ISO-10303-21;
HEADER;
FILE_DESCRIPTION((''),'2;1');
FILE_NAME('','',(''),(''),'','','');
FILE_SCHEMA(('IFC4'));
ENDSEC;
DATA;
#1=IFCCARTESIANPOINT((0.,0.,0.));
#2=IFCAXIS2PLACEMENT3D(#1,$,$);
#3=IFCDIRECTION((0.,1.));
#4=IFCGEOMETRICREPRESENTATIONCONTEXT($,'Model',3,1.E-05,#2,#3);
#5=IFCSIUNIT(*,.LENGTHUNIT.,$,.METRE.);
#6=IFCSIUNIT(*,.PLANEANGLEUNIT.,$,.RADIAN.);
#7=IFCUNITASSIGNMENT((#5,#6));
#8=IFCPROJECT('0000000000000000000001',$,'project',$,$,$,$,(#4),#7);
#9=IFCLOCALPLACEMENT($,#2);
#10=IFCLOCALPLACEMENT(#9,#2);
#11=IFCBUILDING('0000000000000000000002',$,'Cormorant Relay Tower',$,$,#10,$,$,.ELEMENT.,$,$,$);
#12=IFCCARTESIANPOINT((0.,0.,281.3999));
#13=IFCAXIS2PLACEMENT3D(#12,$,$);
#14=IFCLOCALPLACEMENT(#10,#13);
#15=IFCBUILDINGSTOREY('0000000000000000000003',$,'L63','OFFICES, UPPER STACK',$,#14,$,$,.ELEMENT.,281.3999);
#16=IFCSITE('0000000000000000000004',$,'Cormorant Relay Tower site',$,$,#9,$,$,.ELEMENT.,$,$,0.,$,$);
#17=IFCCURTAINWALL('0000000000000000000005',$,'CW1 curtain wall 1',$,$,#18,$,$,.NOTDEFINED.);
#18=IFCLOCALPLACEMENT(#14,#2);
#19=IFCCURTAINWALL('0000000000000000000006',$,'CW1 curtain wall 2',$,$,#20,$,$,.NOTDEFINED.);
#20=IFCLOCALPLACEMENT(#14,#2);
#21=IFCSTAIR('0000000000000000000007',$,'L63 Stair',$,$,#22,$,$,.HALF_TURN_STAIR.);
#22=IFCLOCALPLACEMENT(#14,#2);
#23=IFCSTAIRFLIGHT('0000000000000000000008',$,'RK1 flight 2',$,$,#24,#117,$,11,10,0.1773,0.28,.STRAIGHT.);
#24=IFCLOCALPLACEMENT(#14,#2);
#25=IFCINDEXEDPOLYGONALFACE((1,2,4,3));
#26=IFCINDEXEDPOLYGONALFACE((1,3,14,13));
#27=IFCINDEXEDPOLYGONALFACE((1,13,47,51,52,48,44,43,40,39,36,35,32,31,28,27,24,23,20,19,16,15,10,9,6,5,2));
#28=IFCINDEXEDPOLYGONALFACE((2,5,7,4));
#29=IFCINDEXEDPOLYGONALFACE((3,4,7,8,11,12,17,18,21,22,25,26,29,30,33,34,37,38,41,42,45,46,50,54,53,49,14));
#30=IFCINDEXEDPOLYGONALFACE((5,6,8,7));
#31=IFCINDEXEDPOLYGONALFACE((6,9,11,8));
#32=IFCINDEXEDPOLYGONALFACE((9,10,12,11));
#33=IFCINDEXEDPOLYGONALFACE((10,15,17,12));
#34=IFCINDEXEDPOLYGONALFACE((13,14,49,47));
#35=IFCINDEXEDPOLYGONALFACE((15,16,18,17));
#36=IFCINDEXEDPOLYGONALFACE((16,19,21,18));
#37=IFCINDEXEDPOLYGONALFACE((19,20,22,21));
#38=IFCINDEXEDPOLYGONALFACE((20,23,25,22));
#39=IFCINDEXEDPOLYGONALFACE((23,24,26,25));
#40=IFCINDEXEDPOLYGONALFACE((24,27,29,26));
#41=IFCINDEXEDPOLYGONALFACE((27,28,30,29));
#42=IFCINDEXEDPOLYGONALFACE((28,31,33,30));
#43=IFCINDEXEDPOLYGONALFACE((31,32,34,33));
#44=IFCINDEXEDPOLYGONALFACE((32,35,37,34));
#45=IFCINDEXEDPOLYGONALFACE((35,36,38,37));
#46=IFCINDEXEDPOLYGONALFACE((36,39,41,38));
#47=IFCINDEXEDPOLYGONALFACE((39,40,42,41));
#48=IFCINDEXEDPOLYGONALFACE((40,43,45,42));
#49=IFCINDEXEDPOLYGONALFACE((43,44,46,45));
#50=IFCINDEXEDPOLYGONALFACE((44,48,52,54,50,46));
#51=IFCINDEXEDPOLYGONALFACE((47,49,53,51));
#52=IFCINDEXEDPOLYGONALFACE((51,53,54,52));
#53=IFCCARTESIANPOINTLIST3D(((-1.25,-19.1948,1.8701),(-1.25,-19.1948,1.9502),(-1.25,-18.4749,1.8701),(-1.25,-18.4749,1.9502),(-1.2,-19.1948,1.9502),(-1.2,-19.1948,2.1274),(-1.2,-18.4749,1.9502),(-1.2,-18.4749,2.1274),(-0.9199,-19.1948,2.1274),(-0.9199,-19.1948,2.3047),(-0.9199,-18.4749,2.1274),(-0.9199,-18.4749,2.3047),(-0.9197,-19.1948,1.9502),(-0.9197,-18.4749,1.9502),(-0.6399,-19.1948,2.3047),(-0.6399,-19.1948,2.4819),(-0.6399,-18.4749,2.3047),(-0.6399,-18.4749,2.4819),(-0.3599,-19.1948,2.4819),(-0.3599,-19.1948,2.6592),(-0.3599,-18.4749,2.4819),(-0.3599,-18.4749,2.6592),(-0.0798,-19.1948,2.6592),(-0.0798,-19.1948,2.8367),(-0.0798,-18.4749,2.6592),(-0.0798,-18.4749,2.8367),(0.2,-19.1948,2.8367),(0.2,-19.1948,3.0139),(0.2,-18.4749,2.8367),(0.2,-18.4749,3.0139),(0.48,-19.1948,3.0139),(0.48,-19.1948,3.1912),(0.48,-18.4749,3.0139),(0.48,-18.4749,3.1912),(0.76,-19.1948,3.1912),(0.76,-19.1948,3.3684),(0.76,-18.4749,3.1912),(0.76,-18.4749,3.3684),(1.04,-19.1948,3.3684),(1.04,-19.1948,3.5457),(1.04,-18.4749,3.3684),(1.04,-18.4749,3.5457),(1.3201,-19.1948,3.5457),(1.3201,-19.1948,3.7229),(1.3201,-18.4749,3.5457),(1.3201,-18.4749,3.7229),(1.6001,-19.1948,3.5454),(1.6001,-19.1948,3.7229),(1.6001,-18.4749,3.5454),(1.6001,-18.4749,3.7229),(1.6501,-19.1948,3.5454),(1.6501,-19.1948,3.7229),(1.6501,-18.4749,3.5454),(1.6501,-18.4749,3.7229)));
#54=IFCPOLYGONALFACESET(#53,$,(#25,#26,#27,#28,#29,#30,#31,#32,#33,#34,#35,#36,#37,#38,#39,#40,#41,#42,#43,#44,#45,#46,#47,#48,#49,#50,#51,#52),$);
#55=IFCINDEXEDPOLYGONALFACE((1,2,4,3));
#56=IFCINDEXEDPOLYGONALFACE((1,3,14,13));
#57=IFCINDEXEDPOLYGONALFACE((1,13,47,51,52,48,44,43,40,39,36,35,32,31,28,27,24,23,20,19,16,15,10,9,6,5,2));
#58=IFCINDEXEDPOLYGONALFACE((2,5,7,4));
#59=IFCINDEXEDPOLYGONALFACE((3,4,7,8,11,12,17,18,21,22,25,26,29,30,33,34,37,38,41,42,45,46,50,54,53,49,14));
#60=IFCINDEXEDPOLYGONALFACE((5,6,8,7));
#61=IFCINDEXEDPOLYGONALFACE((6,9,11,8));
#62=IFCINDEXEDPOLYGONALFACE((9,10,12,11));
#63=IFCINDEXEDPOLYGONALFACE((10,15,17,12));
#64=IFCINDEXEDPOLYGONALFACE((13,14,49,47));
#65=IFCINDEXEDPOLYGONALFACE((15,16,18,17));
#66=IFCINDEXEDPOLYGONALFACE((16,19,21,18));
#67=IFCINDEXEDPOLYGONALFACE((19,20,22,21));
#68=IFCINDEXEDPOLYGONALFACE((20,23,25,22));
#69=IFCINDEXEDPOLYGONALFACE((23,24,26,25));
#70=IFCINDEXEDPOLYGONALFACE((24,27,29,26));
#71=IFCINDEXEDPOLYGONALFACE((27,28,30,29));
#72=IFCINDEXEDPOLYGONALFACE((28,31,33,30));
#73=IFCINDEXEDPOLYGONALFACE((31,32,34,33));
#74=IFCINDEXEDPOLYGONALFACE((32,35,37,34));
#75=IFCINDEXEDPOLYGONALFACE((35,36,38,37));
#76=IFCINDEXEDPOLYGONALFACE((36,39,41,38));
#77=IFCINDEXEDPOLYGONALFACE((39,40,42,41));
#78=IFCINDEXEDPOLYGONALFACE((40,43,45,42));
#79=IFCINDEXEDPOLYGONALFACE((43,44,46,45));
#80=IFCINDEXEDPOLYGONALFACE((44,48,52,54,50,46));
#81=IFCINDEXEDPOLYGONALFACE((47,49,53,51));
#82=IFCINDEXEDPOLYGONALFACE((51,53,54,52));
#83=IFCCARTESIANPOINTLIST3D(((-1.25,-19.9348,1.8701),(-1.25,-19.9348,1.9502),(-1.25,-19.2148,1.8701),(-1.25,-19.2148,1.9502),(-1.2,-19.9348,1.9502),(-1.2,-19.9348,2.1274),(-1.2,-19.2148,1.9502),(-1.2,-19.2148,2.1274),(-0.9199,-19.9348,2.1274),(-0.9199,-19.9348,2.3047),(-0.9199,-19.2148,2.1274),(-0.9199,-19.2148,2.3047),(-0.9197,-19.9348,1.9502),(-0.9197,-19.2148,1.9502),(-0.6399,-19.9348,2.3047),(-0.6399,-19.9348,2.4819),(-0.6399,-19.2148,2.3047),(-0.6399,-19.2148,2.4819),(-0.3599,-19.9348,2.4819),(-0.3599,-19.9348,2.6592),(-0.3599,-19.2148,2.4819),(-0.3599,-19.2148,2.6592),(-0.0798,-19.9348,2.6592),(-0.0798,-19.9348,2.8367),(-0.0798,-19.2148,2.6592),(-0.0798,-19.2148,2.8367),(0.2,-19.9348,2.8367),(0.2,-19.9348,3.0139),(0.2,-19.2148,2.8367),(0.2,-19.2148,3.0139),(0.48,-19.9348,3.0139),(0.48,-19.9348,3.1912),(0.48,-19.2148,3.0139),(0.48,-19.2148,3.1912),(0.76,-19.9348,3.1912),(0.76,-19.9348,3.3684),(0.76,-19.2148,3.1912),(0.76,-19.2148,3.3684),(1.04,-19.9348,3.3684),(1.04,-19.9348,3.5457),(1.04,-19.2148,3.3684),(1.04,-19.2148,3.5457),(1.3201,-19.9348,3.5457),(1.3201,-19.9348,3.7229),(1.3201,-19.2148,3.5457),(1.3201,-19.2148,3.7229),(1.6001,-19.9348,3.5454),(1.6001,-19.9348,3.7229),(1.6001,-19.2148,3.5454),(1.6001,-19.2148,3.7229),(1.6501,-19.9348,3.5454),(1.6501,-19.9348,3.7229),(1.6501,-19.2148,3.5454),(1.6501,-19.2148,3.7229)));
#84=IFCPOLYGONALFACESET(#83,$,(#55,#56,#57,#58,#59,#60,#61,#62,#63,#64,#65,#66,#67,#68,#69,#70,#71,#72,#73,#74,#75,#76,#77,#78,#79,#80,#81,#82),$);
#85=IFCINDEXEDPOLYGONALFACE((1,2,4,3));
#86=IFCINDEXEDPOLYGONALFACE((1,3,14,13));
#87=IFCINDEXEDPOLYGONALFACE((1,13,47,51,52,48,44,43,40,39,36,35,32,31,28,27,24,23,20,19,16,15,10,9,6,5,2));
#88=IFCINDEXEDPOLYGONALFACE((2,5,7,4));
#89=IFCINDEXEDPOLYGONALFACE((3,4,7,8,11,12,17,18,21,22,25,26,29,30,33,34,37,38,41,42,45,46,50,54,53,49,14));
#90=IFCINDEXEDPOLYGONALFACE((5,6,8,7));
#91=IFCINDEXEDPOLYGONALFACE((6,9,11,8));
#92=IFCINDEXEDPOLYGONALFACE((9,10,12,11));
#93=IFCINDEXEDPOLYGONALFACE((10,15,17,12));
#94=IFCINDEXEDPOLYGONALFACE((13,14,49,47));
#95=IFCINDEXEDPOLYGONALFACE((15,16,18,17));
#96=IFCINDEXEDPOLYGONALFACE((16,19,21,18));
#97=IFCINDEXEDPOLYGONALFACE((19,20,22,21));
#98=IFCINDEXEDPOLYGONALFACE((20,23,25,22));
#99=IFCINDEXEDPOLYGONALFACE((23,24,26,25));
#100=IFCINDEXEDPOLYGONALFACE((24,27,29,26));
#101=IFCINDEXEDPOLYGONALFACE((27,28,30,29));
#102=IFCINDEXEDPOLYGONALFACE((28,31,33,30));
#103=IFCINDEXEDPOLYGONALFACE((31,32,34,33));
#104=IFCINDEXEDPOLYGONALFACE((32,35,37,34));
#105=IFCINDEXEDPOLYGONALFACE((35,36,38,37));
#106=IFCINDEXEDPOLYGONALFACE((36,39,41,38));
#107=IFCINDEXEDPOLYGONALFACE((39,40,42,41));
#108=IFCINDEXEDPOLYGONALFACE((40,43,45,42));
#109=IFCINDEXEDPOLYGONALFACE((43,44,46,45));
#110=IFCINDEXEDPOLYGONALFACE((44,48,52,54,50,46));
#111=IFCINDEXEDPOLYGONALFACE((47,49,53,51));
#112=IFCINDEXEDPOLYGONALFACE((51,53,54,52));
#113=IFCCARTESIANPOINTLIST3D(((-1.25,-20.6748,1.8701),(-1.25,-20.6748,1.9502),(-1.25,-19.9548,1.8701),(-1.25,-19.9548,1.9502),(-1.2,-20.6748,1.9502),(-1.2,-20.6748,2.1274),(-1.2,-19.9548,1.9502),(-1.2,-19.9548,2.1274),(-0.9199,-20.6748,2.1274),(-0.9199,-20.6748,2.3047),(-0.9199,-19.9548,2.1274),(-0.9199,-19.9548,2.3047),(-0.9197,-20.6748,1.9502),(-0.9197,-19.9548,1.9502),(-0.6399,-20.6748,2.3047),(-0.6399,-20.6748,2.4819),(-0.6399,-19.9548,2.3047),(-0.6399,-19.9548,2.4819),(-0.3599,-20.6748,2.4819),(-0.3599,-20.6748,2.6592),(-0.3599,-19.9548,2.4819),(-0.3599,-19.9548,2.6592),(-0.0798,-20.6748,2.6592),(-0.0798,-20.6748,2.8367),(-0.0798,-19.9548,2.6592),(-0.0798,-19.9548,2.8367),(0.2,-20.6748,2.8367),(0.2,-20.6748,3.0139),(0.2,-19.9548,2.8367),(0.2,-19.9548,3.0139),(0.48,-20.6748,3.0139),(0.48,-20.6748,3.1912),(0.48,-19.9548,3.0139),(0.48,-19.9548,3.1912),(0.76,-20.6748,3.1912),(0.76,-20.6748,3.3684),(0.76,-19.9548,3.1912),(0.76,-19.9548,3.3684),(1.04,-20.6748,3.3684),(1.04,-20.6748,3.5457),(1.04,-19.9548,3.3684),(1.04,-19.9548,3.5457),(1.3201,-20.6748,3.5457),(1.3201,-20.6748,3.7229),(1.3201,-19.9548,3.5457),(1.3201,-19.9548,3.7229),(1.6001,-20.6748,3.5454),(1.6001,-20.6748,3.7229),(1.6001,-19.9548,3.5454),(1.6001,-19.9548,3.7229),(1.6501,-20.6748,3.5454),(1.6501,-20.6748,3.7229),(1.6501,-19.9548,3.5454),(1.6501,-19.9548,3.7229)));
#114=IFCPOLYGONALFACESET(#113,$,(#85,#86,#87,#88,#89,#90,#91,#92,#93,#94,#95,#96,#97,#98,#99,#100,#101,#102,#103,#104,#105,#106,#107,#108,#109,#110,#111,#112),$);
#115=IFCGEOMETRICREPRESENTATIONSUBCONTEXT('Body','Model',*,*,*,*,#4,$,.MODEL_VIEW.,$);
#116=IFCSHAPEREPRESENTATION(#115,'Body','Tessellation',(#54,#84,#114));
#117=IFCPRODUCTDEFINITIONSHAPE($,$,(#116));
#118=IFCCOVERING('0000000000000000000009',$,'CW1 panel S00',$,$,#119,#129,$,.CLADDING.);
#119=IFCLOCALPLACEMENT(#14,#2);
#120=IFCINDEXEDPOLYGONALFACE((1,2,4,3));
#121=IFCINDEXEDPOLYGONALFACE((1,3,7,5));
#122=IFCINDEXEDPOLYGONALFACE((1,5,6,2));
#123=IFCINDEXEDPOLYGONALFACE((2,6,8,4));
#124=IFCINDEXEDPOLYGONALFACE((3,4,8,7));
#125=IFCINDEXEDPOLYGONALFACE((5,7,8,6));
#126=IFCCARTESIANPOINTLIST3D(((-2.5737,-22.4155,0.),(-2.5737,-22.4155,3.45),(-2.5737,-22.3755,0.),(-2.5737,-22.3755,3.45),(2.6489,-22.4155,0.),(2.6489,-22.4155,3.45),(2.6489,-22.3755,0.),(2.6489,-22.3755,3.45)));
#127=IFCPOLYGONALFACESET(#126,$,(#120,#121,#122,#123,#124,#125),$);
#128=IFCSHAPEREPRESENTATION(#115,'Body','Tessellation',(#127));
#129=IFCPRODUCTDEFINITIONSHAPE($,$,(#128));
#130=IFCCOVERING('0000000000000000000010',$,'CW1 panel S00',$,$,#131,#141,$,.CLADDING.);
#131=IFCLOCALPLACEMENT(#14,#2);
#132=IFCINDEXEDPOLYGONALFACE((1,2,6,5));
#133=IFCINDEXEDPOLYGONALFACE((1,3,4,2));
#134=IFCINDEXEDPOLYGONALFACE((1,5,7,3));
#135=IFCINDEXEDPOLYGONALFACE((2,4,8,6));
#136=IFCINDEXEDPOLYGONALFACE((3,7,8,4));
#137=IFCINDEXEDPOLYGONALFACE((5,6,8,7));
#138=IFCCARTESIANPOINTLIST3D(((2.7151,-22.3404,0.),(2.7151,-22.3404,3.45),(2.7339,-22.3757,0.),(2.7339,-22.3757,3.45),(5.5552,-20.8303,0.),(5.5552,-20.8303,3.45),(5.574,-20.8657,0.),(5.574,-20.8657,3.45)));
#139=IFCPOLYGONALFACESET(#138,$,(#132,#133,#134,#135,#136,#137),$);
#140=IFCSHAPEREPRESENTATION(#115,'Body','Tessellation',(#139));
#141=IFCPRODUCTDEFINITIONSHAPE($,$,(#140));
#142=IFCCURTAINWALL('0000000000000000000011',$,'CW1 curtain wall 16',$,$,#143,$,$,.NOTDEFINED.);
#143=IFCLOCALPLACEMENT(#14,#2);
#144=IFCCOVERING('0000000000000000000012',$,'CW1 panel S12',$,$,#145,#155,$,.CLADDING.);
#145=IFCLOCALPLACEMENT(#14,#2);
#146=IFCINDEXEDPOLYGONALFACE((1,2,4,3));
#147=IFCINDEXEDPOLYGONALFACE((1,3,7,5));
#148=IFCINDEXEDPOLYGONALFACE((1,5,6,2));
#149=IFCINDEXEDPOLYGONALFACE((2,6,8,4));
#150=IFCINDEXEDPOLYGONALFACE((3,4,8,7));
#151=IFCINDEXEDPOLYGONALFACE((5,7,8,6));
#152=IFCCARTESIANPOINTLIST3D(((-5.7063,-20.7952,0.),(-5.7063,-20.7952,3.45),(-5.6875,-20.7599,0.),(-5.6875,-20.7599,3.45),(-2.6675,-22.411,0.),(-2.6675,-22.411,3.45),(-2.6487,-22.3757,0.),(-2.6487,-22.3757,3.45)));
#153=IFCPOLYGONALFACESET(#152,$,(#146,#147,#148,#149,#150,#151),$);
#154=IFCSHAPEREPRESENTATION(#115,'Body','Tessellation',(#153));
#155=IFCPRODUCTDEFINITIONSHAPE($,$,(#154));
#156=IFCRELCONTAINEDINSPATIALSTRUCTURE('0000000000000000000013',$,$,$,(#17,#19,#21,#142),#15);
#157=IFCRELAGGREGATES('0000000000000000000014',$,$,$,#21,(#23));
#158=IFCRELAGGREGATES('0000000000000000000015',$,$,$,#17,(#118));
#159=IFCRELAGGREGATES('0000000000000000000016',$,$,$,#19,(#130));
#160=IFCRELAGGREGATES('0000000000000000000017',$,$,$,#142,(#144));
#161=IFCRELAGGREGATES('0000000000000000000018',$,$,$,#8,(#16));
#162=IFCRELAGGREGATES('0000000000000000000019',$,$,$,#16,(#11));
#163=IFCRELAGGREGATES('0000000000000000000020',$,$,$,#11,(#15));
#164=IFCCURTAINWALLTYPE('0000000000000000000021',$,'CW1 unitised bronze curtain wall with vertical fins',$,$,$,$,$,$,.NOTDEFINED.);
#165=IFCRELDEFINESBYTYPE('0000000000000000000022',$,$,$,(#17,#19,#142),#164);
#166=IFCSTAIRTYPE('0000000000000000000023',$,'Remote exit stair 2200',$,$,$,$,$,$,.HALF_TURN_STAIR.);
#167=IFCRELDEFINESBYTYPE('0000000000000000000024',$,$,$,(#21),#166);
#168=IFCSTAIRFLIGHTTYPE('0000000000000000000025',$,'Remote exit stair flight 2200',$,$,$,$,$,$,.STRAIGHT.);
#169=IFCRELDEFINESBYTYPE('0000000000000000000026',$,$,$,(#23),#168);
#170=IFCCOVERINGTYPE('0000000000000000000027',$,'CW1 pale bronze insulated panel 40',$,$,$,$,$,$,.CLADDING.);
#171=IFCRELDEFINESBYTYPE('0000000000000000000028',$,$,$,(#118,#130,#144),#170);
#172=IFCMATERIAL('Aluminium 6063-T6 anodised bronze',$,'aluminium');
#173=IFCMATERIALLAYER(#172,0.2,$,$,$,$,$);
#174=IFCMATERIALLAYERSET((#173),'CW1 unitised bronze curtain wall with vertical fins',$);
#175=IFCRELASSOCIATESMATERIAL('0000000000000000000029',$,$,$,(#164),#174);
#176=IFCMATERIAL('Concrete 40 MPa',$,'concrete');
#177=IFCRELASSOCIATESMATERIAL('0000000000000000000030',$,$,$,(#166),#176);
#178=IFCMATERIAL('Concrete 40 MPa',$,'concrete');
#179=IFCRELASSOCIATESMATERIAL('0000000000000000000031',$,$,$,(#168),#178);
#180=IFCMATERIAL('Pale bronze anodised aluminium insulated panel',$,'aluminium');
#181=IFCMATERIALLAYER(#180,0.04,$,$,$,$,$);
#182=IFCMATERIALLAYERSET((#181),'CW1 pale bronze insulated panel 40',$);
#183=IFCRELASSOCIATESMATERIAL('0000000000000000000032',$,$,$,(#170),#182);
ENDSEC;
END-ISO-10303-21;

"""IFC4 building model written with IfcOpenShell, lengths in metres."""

from ifc_helpers import new_model, si_unit, direction, frame, origin, origin_2d, place, context, subcontext, project, spatial, polyline, rectangle, outline, extrude, material, layer, layer_set, type_object, element, aggregate, save


model = new_model("IFC4")

# Units and contexts
model_context = context("Model", 3, precision=1e-05, world=origin(), true_north=direction((0.0, 1.0)))
body_context = subcontext(model_context, "Body", "Model", "MODEL_VIEW")
ifc_project = project(units=[si_unit("LENGTHUNIT", "METRE"), si_unit("PLANEANGLEUNIT", "RADIAN")], contexts=[model_context])

# Site, building, storey
site_placement = place(None, origin())
site = spatial("IfcSite", under=ifc_project, at=site_placement, Name="Cormorant Relay Tower site", CompositionType="ELEMENT", RefElevation=0.0)
building_placement = place(site_placement, origin())
building = spatial("IfcBuilding", under=site, at=building_placement, Name="Cormorant Relay Tower", CompositionType="ELEMENT")
storey_placement = place(building_placement, frame((0.0, 0.0, 281.3999)))
storey = spatial("IfcBuildingStorey", under=building, at=storey_placement, Name="L63", Description="OFFICES, UPPER STACK", CompositionType="ELEMENT", Elevation=281.3999)

# Curtain wall
ifc_material_1 = material(Name="Aluminium 6063-T6 anodised bronze", Category="aluminium")
ifc_layer_1 = layer(ifc_material_1, 0.2)
ifc_layer_set_1 = layer_set([ifc_layer_1], Name="CW1 unitised bronze curtain wall with vertical fins")
curtain_wall_type = type_object("IfcCurtainWallType", Name="CW1 unitised bronze curtain wall with vertical fins", PredefinedType="NOTDEFINED", material=ifc_layer_set_1)
curtain_wall_1_placement = place(storey_placement, origin())
curtain_wall_1 = element("IfcCurtainWall", 1, at=curtain_wall_1_placement, inside=storey, type_object=curtain_wall_type, Name="CW1 curtain wall 1", PredefinedType="NOTDEFINED")

# Curtain wall
curtain_wall_2_placement = place(storey_placement, origin())
curtain_wall_2 = element("IfcCurtainWall", 2, at=curtain_wall_2_placement, inside=storey, type_object=curtain_wall_type, Name="CW1 curtain wall 2", PredefinedType="NOTDEFINED")

# Stair, stair flight
ifc_material_2 = material(Name="Concrete 40 MPa", Category="concrete")
stair_type = type_object("IfcStairType", Name="Remote exit stair 2200", PredefinedType="HALF_TURN_STAIR", material=ifc_material_2)
stair_placement = place(storey_placement, origin())
stair = element("IfcStair", 3, at=stair_placement, inside=storey, type_object=stair_type, Name="L63 Stair", PredefinedType="HALF_TURN_STAIR")
ifc_material_3 = material(Name="Concrete 40 MPa", Category="concrete")
stair_flight_type = type_object("IfcStairFlightType", Name="Remote exit stair flight 2200", PredefinedType="STRAIGHT", material=ifc_material_3)
stair_flight_placement = place(storey_placement, frame((-1.2, -19.575, 1.9502), z_axis=(0.0, 0.0, 1.0), x_axis=(1.0, 0.0, 0.0)))
stair_flight = element("IfcStairFlight", 4, at=stair_flight_placement, type_object=stair_flight_type, Name="RK1 flight 2", NumberOfRisers=11, NumberOfTreads=10, PredefinedType="STRAIGHT", RiserHeight=0.1773, TreadLength=0.28, context=body_context, shape_type="SweptSolid", body=[
    extrude(outline(polyline([(-0.05, -0.0801), (-0.05, 0.0), (0.0, 0.0), (0.0, 0.1772), (0.28, 0.1772), (0.28, 0.3545), (0.5601, 0.3545), (0.5601, 0.5317), (0.8401, 0.5317), (0.8401, 0.709), (1.1201, 0.709), (1.1201, 0.8865), (1.3999, 0.8865), (1.3999, 1.0637), (1.6799, 1.0637), (1.6799, 1.241), (1.96, 1.241), (1.96, 1.4182), (2.24, 1.4182), (2.24, 1.5955), (2.52, 1.5955), (2.52, 1.7727), (2.8, 1.7727), (2.8501, 1.7727), (2.8501, 1.5952), (2.8, 1.5952), (0.2803, 0.0), (-0.05, -0.0801)])), frame((0.0, 1.1001, 0.0), z_axis=(0.0, -1.0, 0.0), x_axis=(1.0, 0.0, 0.0)), (0.0, 0.0, 1.0), 0.72),
    extrude(outline(polyline([(-0.05, -0.0801), (-0.05, 0.0), (0.0, 0.0), (0.0, 0.1772), (0.28, 0.1772), (0.28, 0.3545), (0.5601, 0.3545), (0.5601, 0.5317), (0.8401, 0.5317), (0.8401, 0.709), (1.1201, 0.709), (1.1201, 0.8865), (1.3999, 0.8865), (1.3999, 1.0637), (1.6799, 1.0637), (1.6799, 1.241), (1.96, 1.241), (1.96, 1.4182), (2.24, 1.4182), (2.24, 1.5955), (2.52, 1.5955), (2.52, 1.7727), (2.8, 1.7727), (2.8501, 1.7727), (2.8501, 1.5952), (2.8, 1.5952), (0.2803, 0.0), (-0.05, -0.0801)])), frame((0.0, 0.3601, 0.0), z_axis=(0.0, -1.0, 0.0), x_axis=(1.0, 0.0, 0.0)), (0.0, 0.0, 1.0), 0.72),
    extrude(outline(polyline([(-0.05, -0.0801), (-0.05, 0.0), (0.0, 0.0), (0.0, 0.1772), (0.28, 0.1772), (0.28, 0.3545), (0.5601, 0.3545), (0.5601, 0.5317), (0.8401, 0.5317), (0.8401, 0.709), (1.1201, 0.709), (1.1201, 0.8865), (1.3999, 0.8865), (1.3999, 1.0637), (1.6799, 1.0637), (1.6799, 1.241), (1.96, 1.241), (1.96, 1.4182), (2.24, 1.4182), (2.24, 1.5955), (2.52, 1.5955), (2.52, 1.7727), (2.8, 1.7727), (2.8501, 1.7727), (2.8501, 1.5952), (2.8, 1.5952), (0.2803, 0.0), (-0.05, -0.0801)])), frame((0.0, -0.3799, 0.0), z_axis=(0.0, -1.0, 0.0), x_axis=(1.0, 0.0, 0.0)), (0.0, 0.0, 1.0), 0.72),
])
aggregate(stair, [stair_flight])

# Coverings
ifc_material_4 = material(Name="Pale bronze anodised aluminium insulated panel", Category="aluminium")
ifc_layer_2 = layer(ifc_material_4, 0.04)
ifc_layer_set_2 = layer_set([ifc_layer_2], Name="CW1 pale bronze insulated panel 40")
covering_type = type_object("IfcCoveringType", Name="CW1 pale bronze insulated panel 40", PredefinedType="CLADDING", material=ifc_layer_set_2)
covering_1_placement = place(storey_placement, frame((0.0376, -22.3955, 0.0), z_axis=(0.0, 0.0, 1.0), x_axis=(1.0, 0.0, 0.0)))
covering_1 = element("IfcCovering", 5, at=covering_1_placement, type_object=covering_type, Name="CW1 panel S00", PredefinedType="CLADDING", context=body_context, shape_type="SweptSolid", body=[
    extrude(rectangle(XDim=5.2227, YDim=0.04, at=origin_2d()), origin(), (0.0, 0.0, 1.0), 3.45),
])
aggregate(curtain_wall_1, [covering_1])
covering_2_placement = place(storey_placement, frame((4.1445, -21.603, 0.0), z_axis=(0.0, 0.0, 1.0), x_axis=(0.882948, 0.469472, 0.0)))
covering_2 = element("IfcCovering", 6, at=covering_2_placement, type_object=covering_type, Name="CW1 panel S00", PredefinedType="CLADDING", context=body_context, shape_type="SweptSolid", body=[
    extrude(rectangle(XDim=3.2166, YDim=0.04, at=origin_2d()), origin(), (0.0, 0.0, 1.0), 3.45),
])
aggregate(curtain_wall_2, [covering_2])

# Curtain wall, covering
curtain_wall_3_placement = place(storey_placement, origin())
curtain_wall_3 = element("IfcCurtainWall", 7, at=curtain_wall_3_placement, inside=storey, type_object=curtain_wall_type, Name="CW1 curtain wall 16", PredefinedType="NOTDEFINED")
covering_3_placement = place(storey_placement, frame((-4.1775, -21.5854, 0.0), z_axis=(0.0, 0.0, 1.0), x_axis=(0.882948, -0.469472, 0.0)))
covering_3 = element("IfcCovering", 8, at=covering_3_placement, type_object=covering_type, Name="CW1 panel S12", PredefinedType="CLADDING", context=body_context, shape_type="SweptSolid", body=[
    extrude(rectangle(XDim=3.4417, YDim=0.04, at=origin_2d()), origin(), (0.0, 0.0, 1.0), 3.45),
])
aggregate(curtain_wall_3, [covering_3])

save(model, "model.ifc")
